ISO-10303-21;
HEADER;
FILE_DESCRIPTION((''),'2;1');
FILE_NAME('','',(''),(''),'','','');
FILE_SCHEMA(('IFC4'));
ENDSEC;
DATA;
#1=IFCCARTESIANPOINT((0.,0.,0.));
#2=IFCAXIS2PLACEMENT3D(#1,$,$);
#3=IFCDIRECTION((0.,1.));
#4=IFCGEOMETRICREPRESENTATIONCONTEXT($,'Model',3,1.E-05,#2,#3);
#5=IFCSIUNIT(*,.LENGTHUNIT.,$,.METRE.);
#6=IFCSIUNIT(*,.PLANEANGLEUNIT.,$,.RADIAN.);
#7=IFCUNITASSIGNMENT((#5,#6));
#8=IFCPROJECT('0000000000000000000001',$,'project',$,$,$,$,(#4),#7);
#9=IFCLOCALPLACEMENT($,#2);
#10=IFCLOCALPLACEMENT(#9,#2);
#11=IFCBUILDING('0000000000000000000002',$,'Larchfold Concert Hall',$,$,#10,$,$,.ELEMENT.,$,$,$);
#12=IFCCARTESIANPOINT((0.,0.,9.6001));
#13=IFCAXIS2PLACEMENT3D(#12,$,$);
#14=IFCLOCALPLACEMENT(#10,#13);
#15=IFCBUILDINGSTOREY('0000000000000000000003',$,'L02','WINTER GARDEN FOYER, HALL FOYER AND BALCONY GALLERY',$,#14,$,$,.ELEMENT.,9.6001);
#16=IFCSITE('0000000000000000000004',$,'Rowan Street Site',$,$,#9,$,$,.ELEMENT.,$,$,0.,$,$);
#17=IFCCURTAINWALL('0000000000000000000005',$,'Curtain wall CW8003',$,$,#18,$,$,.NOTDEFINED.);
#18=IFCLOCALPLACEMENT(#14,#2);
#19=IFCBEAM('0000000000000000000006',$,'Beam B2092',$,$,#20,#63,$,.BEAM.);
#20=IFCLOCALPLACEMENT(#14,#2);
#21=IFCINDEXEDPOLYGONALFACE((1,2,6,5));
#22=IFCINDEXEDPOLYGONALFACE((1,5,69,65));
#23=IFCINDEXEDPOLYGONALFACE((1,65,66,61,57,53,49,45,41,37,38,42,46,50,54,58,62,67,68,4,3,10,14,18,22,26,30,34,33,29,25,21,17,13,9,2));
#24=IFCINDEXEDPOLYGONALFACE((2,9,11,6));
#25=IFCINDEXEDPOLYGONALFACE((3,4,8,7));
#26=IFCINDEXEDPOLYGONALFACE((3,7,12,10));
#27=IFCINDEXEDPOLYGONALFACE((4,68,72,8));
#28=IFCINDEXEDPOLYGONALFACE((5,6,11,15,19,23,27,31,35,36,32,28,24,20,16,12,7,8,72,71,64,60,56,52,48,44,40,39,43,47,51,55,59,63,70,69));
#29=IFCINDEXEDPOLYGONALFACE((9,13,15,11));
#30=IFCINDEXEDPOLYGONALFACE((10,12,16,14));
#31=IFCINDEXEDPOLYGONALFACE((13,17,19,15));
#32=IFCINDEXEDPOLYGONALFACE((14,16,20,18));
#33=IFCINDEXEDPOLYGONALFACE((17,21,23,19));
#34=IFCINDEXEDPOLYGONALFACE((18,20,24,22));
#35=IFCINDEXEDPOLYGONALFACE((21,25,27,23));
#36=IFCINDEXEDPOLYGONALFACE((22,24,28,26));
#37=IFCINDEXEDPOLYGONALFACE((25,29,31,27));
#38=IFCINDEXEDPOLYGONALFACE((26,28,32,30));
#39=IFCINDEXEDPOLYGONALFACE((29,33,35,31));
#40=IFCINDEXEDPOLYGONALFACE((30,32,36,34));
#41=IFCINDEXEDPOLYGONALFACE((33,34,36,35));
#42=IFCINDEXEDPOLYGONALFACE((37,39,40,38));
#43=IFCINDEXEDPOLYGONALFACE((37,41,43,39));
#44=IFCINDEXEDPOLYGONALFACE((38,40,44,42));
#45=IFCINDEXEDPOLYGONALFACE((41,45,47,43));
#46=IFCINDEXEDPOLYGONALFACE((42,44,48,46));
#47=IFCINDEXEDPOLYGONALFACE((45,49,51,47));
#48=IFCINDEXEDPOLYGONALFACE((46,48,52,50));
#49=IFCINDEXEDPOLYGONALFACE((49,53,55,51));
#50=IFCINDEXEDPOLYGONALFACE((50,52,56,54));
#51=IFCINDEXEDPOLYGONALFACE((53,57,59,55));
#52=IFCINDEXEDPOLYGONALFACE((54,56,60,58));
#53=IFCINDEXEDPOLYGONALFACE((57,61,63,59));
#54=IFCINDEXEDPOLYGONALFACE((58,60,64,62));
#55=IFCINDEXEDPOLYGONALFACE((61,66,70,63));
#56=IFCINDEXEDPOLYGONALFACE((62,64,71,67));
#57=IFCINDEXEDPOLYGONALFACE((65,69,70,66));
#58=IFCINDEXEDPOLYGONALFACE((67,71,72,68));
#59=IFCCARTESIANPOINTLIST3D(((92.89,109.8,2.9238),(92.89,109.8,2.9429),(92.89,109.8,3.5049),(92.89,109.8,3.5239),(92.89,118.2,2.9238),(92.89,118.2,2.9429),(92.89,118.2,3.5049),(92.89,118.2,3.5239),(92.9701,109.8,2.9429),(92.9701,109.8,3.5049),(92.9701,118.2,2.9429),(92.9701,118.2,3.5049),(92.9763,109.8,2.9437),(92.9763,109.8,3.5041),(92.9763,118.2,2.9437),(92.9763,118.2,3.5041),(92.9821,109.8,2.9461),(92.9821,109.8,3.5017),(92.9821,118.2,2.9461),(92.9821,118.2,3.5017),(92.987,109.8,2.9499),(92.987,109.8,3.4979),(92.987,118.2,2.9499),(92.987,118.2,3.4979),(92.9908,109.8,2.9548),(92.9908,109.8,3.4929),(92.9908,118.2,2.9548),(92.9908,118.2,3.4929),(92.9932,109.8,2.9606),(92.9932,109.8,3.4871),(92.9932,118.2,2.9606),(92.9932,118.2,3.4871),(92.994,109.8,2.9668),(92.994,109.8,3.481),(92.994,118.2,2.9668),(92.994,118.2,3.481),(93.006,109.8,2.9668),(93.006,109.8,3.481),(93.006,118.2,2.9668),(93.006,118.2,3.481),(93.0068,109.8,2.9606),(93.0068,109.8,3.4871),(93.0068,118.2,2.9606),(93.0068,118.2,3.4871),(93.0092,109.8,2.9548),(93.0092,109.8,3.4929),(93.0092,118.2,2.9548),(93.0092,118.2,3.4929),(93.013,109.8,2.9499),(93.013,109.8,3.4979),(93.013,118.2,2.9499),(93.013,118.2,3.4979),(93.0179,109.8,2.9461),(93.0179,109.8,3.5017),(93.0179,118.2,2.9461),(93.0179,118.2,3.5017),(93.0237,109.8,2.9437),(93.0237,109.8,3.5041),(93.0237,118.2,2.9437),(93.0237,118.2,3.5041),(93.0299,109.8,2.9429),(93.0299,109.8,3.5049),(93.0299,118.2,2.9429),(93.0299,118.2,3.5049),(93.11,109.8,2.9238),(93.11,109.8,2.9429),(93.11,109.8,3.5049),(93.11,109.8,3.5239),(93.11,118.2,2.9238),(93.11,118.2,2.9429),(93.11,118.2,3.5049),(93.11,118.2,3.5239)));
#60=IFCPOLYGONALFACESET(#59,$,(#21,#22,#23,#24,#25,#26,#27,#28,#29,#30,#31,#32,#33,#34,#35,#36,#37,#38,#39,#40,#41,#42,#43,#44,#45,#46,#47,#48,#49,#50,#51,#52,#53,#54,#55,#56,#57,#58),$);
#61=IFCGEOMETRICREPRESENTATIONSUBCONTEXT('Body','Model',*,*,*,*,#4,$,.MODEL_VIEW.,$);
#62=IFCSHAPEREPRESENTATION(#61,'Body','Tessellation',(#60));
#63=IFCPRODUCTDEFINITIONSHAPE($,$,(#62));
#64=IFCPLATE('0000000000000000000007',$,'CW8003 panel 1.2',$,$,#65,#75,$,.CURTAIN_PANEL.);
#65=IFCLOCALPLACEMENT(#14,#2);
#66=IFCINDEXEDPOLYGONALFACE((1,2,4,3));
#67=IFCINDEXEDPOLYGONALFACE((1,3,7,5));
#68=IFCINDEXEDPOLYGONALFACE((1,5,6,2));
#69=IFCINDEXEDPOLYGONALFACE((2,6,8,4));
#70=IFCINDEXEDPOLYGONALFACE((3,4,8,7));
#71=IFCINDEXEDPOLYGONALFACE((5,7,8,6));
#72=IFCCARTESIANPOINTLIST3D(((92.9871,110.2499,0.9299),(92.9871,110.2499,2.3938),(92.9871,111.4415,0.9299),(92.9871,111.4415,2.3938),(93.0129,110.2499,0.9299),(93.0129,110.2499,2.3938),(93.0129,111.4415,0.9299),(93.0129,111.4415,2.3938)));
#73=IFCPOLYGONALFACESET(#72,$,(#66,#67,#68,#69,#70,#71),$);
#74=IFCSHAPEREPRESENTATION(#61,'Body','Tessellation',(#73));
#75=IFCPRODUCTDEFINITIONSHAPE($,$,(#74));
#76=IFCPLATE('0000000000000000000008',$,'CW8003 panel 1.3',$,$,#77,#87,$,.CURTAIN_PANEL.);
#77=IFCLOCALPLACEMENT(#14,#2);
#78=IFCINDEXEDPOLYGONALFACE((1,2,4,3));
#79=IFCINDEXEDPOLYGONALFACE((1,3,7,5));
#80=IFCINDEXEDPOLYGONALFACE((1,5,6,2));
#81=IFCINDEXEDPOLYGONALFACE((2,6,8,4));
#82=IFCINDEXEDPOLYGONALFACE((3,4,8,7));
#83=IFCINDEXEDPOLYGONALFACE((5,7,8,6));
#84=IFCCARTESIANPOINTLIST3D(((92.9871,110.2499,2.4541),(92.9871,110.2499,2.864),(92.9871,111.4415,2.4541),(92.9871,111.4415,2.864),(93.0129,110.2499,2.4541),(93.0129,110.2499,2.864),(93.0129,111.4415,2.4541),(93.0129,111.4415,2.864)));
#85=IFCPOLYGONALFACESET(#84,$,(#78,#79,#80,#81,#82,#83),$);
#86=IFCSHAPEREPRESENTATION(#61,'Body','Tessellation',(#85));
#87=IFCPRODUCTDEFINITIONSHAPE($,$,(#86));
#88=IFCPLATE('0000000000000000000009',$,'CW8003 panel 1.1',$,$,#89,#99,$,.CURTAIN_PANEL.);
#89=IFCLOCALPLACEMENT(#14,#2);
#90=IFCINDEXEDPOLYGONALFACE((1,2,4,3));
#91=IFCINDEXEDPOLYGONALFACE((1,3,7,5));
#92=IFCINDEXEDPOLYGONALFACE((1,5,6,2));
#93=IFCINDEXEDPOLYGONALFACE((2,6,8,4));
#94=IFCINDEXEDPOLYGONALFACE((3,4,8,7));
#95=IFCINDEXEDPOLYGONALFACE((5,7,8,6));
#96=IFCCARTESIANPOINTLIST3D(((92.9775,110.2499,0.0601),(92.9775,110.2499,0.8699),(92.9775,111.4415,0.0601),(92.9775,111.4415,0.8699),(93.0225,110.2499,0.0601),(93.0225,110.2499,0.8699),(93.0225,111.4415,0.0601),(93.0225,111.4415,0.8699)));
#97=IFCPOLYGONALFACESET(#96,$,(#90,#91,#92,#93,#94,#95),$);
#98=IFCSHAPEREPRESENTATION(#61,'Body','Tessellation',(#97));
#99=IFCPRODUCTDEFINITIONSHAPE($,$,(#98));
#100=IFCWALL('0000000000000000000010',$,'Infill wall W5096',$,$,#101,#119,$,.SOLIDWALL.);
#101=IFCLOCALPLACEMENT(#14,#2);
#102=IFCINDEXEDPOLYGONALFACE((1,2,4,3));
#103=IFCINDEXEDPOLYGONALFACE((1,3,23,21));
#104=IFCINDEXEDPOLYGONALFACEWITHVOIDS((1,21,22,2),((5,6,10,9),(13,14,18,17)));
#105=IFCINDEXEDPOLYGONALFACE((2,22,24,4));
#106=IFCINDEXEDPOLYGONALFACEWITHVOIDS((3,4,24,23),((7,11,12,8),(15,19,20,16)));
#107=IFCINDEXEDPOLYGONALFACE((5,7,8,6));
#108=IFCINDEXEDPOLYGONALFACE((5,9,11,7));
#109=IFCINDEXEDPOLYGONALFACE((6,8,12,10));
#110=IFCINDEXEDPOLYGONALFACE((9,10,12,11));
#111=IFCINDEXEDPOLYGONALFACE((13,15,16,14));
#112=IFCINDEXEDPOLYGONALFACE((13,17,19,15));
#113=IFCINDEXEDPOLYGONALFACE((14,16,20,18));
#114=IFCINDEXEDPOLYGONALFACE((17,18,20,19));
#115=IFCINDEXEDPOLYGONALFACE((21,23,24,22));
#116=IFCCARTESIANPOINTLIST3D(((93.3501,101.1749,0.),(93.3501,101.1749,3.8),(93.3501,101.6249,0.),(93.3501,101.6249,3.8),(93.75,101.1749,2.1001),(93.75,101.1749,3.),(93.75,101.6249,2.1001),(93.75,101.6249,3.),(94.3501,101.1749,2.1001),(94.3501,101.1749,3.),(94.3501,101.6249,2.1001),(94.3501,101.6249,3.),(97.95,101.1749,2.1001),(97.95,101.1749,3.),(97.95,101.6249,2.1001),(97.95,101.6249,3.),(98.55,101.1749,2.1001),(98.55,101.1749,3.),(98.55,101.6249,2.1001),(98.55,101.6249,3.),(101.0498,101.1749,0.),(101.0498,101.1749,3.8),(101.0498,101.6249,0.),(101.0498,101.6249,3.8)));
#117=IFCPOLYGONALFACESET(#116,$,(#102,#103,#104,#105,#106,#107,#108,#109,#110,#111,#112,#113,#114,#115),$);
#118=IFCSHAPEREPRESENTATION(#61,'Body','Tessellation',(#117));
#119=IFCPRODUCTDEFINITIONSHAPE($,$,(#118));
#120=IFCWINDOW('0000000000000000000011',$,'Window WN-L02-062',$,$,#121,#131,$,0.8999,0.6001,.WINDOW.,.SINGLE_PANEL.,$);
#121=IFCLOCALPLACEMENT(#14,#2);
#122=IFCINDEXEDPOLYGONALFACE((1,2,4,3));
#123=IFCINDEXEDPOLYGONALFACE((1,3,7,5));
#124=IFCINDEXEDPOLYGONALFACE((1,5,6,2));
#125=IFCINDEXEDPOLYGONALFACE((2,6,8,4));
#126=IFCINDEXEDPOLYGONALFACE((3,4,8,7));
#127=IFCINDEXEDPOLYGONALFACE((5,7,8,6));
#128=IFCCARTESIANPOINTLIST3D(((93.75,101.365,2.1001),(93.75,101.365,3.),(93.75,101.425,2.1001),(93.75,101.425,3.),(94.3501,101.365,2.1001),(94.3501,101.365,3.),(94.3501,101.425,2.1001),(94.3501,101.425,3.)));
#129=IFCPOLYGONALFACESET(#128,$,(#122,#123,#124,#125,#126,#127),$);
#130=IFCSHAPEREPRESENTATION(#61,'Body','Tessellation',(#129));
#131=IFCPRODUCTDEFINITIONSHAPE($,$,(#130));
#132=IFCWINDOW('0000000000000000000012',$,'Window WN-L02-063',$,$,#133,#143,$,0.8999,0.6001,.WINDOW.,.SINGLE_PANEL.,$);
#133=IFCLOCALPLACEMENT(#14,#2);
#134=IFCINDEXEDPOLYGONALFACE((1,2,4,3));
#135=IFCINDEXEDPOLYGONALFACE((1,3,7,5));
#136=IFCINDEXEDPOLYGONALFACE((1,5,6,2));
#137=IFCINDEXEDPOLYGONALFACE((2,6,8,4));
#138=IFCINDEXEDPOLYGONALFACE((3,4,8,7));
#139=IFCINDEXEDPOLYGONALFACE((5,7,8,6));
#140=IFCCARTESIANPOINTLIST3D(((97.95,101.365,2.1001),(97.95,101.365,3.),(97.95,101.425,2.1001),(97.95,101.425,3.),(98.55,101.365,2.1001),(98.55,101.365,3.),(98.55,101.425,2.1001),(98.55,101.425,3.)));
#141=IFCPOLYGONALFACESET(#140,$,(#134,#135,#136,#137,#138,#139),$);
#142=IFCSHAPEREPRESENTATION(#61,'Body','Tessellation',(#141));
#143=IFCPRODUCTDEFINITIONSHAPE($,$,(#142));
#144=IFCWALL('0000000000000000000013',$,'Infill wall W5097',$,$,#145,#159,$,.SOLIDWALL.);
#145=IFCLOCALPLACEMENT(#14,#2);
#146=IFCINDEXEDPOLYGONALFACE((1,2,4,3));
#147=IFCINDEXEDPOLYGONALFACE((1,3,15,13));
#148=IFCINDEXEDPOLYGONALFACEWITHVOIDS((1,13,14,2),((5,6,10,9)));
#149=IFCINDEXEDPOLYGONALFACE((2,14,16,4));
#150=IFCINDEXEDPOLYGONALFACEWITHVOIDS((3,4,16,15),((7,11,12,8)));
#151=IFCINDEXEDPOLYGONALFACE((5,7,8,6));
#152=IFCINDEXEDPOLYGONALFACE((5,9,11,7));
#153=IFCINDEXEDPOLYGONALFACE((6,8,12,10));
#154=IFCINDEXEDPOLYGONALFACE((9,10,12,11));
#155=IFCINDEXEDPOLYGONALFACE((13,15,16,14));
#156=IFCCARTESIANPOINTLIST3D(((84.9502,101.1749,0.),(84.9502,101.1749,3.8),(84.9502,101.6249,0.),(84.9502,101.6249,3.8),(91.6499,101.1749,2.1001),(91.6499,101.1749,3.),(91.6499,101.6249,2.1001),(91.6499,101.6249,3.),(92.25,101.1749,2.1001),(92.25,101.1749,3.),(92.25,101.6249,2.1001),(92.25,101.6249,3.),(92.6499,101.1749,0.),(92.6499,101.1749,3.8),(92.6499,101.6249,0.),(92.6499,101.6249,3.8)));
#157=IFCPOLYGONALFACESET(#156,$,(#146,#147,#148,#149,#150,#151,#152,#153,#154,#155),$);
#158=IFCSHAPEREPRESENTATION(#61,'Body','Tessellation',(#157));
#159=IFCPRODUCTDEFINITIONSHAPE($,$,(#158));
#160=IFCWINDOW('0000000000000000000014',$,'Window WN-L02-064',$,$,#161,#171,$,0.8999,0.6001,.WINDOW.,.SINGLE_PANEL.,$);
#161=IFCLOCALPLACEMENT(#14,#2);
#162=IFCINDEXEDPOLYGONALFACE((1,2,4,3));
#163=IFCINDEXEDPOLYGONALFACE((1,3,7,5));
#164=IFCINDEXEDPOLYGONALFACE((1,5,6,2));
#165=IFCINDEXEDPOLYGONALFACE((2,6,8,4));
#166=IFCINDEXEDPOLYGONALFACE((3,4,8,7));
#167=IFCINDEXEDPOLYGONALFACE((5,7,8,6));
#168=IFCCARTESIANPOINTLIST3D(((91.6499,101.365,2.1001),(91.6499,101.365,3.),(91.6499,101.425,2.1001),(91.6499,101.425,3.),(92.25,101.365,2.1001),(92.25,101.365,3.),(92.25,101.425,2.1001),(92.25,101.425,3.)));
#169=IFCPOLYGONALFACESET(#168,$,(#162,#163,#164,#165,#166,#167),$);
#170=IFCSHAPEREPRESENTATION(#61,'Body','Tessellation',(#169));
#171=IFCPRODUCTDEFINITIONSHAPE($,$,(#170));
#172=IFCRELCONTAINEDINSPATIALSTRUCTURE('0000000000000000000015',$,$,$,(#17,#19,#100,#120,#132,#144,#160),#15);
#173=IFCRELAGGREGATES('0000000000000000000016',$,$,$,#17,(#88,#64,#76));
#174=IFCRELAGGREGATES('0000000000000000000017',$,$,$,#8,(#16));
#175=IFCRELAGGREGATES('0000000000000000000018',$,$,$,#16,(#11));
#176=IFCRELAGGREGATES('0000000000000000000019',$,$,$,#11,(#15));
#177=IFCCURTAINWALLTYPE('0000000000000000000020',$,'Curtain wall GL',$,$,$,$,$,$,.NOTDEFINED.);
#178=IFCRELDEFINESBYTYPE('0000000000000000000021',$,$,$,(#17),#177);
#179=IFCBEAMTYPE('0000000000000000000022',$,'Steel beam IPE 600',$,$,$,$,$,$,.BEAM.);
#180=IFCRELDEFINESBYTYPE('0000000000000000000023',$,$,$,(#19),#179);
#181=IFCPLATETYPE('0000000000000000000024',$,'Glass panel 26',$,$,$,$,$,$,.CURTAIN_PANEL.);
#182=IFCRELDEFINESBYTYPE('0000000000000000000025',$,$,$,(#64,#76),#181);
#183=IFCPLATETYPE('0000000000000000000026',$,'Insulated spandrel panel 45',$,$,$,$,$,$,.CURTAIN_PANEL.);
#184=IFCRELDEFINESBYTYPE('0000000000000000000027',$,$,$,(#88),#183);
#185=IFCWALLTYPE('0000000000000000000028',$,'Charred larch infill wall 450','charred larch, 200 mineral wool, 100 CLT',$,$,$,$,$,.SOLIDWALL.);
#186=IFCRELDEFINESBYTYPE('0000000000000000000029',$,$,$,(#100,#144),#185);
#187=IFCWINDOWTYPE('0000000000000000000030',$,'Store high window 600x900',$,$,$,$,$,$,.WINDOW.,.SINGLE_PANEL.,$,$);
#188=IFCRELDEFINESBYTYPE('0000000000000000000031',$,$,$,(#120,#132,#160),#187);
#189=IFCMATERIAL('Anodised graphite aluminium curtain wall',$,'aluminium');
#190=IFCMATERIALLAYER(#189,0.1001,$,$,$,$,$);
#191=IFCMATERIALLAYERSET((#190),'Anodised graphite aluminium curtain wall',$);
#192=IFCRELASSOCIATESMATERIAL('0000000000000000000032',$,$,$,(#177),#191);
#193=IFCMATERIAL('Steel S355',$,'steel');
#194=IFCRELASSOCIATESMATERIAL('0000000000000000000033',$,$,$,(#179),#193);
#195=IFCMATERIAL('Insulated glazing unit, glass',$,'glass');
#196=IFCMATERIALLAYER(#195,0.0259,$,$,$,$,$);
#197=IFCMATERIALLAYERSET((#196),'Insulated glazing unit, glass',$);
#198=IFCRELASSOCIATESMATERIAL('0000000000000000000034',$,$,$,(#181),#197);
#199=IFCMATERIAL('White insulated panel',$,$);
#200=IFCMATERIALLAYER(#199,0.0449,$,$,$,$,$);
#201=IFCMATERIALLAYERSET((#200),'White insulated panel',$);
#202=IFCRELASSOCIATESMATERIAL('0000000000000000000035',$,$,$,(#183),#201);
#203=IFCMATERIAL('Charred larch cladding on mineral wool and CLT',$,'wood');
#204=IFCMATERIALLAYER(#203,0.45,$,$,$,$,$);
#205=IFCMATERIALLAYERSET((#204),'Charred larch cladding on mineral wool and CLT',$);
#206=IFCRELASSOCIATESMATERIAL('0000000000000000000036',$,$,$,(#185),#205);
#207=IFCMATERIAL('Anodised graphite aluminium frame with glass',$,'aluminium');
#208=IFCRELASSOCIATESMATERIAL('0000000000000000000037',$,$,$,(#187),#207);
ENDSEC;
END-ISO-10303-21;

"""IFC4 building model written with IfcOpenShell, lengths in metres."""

from ifc_helpers import new_model, si_unit, direction, frame, frame_2d, origin, origin_2d, place, context, subcontext, project, spatial, rectangle, i_section, extrude, material, layer, layer_set, material_profile, profile_set, type_object, element, fill, aggregate, save


model = new_model("IFC4")

# Units and contexts
model_context = context("Model", 3, precision=1e-05, world=origin(), true_north=direction((0.0, 1.0)))
body_context = subcontext(model_context, "Body", "Model", "MODEL_VIEW")
ifc_project = project(units=[si_unit("LENGTHUNIT", "METRE"), si_unit("PLANEANGLEUNIT", "RADIAN")], contexts=[model_context])

# Site, building, storey
site_placement = place(None, origin())
site = spatial("IfcSite", under=ifc_project, at=site_placement, Name="Rowan Street Site", CompositionType="ELEMENT", RefElevation=0.0)
building_placement = place(site_placement, origin())
building = spatial("IfcBuilding", under=site, at=building_placement, Name="Larchfold Concert Hall", CompositionType="ELEMENT")
storey_placement = place(building_placement, frame((0.0, 0.0, 9.6001)))
storey = spatial("IfcBuildingStorey", under=building, at=storey_placement, Name="L02", Description="WINTER GARDEN FOYER, HALL FOYER AND BALCONY GALLERY", CompositionType="ELEMENT", Elevation=9.6001)

# Curtain wall
ifc_material_1 = material(Name="Anodised graphite aluminium curtain wall", Category="aluminium")
ifc_layer_1 = layer(ifc_material_1, 0.1001)
ifc_layer_set_1 = layer_set([ifc_layer_1], Name="Anodised graphite aluminium curtain wall")
curtain_wall_type = type_object("IfcCurtainWallType", Name="Curtain wall GL", PredefinedType="NOTDEFINED", material=ifc_layer_set_1)
curtain_wall_placement = place(storey_placement, origin())
curtain_wall = element("IfcCurtainWall", 1, at=curtain_wall_placement, inside=storey, type_object=curtain_wall_type, Name="Curtain wall CW8003", PredefinedType="NOTDEFINED")

# Beam
ifc_material_2 = material(Name="Steel S355", Category="steel")
ifc_material_profile_1 = material_profile(ifc_material_2, i_section(OverallWidth=0.22, OverallDepth=0.6001, WebThickness=0.012, FlangeThickness=0.019, FilletRadius=0.0239, at=origin_2d()))
ifc_profile_set_1 = profile_set([ifc_material_profile_1], Name="Steel S355")
beam_type_1 = type_object("IfcBeamType", Name="Steel beam IPE 600", PredefinedType="BEAM", material=ifc_profile_set_1)
beam_1_placement = place(storey_placement, frame((93.0, 109.8, 3.2239), z_axis=(0.0, 1.0, 0.0), x_axis=(-1.0, 0.0, 0.0)))
element("IfcBeam", 2, at=beam_1_placement, inside=storey, type_object=beam_type_1, Name="Beam B2092", PredefinedType="BEAM", context=body_context, shape_type="SweptSolid", body=[
    extrude(i_section(OverallWidth=0.22, OverallDepth=0.6001, WebThickness=0.012, FlangeThickness=0.019, FilletRadius=0.0239, at=origin_2d()), origin(), (0.0, 0.0, 1.0), 8.3999),
])

# Plates
ifc_material_3 = material(Name="Insulated glazing unit, glass", Category="glass")
ifc_layer_2 = layer(ifc_material_3, 0.0259)
ifc_layer_set_2 = layer_set([ifc_layer_2], Name="Insulated glazing unit, glass")
plate_type_1 = type_object("IfcPlateType", Name="Glass panel 26", PredefinedType="CURTAIN_PANEL", material=ifc_layer_set_2)
plate_1_placement = place(storey_placement, frame((93.0, 110.8457, 0.9299), z_axis=(0.0, 0.0, 1.0), x_axis=(0.0, 1.0, 0.0)))
plate_1 = element("IfcPlate", 3, at=plate_1_placement, type_object=plate_type_1, Name="CW8003 panel 1.2", PredefinedType="CURTAIN_PANEL", context=body_context, shape_type="SweptSolid", body=[
    extrude(rectangle(XDim=1.1917, YDim=0.0259, at=origin_2d()), origin(), (0.0, 0.0, 1.0), 1.4639),
])
plate_2_placement = place(storey_placement, frame((93.0, 110.8457, 2.4541), z_axis=(0.0, 0.0, 1.0), x_axis=(0.0, 1.0, 0.0)))
plate_2 = element("IfcPlate", 4, at=plate_2_placement, type_object=plate_type_1, Name="CW8003 panel 1.3", PredefinedType="CURTAIN_PANEL", context=body_context, shape_type="SweptSolid", body=[
    extrude(rectangle(XDim=1.1917, YDim=0.0259, at=origin_2d()), origin(), (0.0, 0.0, 1.0), 0.4099),
])
ifc_material_4 = material(Name="White insulated panel")
ifc_layer_3 = layer(ifc_material_4, 0.0449)
ifc_layer_set_3 = layer_set([ifc_layer_3], Name="White insulated panel")
plate_type_2 = type_object("IfcPlateType", Name="Insulated spandrel panel 45", PredefinedType="CURTAIN_PANEL", material=ifc_layer_set_3)
plate_3_placement = place(storey_placement, frame((93.0, 110.8457, 0.0601), z_axis=(0.0, 0.0, 1.0), x_axis=(0.0, 1.0, 0.0)))
plate_3 = element("IfcPlate", 5, at=plate_3_placement, type_object=plate_type_2, Name="CW8003 panel 1.1", PredefinedType="CURTAIN_PANEL", context=body_context, shape_type="SweptSolid", body=[
    extrude(rectangle(XDim=1.1917, YDim=0.0449, at=origin_2d()), origin(), (0.0, 0.0, 1.0), 0.8098),
])
aggregate(curtain_wall, [plate_3, plate_1, plate_2])

# Wall, openings, windows
ifc_material_5 = material(Name="Charred larch cladding on mineral wool and CLT", Category="wood")
ifc_layer_4 = layer(ifc_material_5, 0.45)
ifc_layer_set_4 = layer_set([ifc_layer_4], Name="Charred larch cladding on mineral wool and CLT")
wall_type_1 = type_object("IfcWallType", Name="Charred larch infill wall 450", Description="charred larch, 200 mineral wool, 100 CLT", PredefinedType="SOLIDWALL", material=ifc_layer_set_4)
wall_1_placement = place(storey_placement, frame((101.0498, 101.3999, 0.0), z_axis=(0.0, 0.0, 1.0), x_axis=(-1.0, 0.0, 0.0)))
wall_1 = element("IfcWall", 6, at=wall_1_placement, inside=storey, type_object=wall_type_1, Name="Infill wall W5096", PredefinedType="SOLIDWALL", context=body_context, shape_type="SweptSolid", body=[
    extrude(rectangle(XDim=7.6997, YDim=0.45, at=frame_2d((3.8499, 0.0))), origin(), (0.0, 0.0, 1.0), 3.8),
])
opening_1_placement = place(wall_1_placement, frame((6.6997, 0.0, 2.1001)))
opening_1 = element("IfcOpeningElement", 7, at=opening_1_placement, cuts=wall_1, PredefinedType="OPENING", context=body_context, shape_type="SweptSolid", body=[
    extrude(rectangle(XDim=0.6001, YDim=0.8999, at=frame_2d((0.3, 0.45))), frame((0.0, 0.2349, 0.0), z_axis=(0.0, -1.0, 0.0), x_axis=(1.0, 0.0, 0.0)), (0.0, 0.0, 1.0), 0.47),
])
opening_2_placement = place(wall_1_placement, frame((2.4998, 0.0, 2.1001)))
opening_2 = element("IfcOpeningElement", 8, at=opening_2_placement, cuts=wall_1, PredefinedType="OPENING", context=body_context, shape_type="SweptSolid", body=[
    extrude(rectangle(XDim=0.6001, YDim=0.8999, at=frame_2d((0.3, 0.45))), frame((0.0, 0.2349, 0.0), z_axis=(0.0, -1.0, 0.0), x_axis=(1.0, 0.0, 0.0)), (0.0, 0.0, 1.0), 0.47),
])
ifc_material_6 = material(Name="Anodised graphite aluminium frame with glass", Category="aluminium")
window_type = type_object("IfcWindowType", Name="Store high window 600x900", PartitioningType="SINGLE_PANEL", PredefinedType="WINDOW", material=ifc_material_6)
window_1_placement = place(opening_1_placement, origin())
window_1 = element("IfcWindow", 9, at=window_1_placement, inside=storey, type_object=window_type, Name="Window WN-L02-062", OverallHeight=0.8999, OverallWidth=0.6001, PartitioningType="SINGLE_PANEL", PredefinedType="WINDOW", context=body_context, shape_type="SweptSolid", body=[
    extrude(rectangle(XDim=0.6001, YDim=0.8999, at=frame_2d((0.3, 0.45))), frame((0.0, 0.0349, 0.0), z_axis=(0.0, -1.0, 0.0), x_axis=(1.0, 0.0, 0.0)), (0.0, 0.0, 1.0), 0.0601),
])
fill(opening_1, window_1)
window_2_placement = place(opening_2_placement, origin())
window_2 = element("IfcWindow", 10, at=window_2_placement, inside=storey, type_object=window_type, Name="Window WN-L02-063", OverallHeight=0.8999, OverallWidth=0.6001, PartitioningType="SINGLE_PANEL", PredefinedType="WINDOW", context=body_context, shape_type="SweptSolid", body=[
    extrude(rectangle(XDim=0.6001, YDim=0.8999, at=frame_2d((0.3, 0.45))), frame((0.0, 0.0349, 0.0), z_axis=(0.0, -1.0, 0.0), x_axis=(1.0, 0.0, 0.0)), (0.0, 0.0, 1.0), 0.0601),
])
fill(opening_2, window_2)

# Wall, opening, window
wall_2_placement = place(storey_placement, frame((92.6499, 101.3999, 0.0), z_axis=(0.0, 0.0, 1.0), x_axis=(-1.0, 0.0, 0.0)))
wall_2 = element("IfcWall", 11, at=wall_2_placement, inside=storey, type_object=wall_type_1, Name="Infill wall W5097", PredefinedType="SOLIDWALL", context=body_context, shape_type="SweptSolid", body=[
    extrude(rectangle(XDim=7.6997, YDim=0.45, at=frame_2d((3.8499, 0.0))), origin(), (0.0, 0.0, 1.0), 3.8),
])
opening_3_placement = place(wall_2_placement, frame((0.3999, 0.0, 2.1001)))
opening_3 = element("IfcOpeningElement", 12, at=opening_3_placement, cuts=wall_2, PredefinedType="OPENING", context=body_context, shape_type="SweptSolid", body=[
    extrude(rectangle(XDim=0.6001, YDim=0.8999, at=frame_2d((0.3, 0.45))), frame((0.0, 0.2349, 0.0), z_axis=(0.0, -1.0, 0.0), x_axis=(1.0, 0.0, 0.0)), (0.0, 0.0, 1.0), 0.47),
])
window_3_placement = place(opening_3_placement, origin())
window_3 = element("IfcWindow", 13, at=window_3_placement, inside=storey, type_object=window_type, Name="Window WN-L02-064", OverallHeight=0.8999, OverallWidth=0.6001, PartitioningType="SINGLE_PANEL", PredefinedType="WINDOW", context=body_context, shape_type="SweptSolid", body=[
    extrude(rectangle(XDim=0.6001, YDim=0.8999, at=frame_2d((0.3, 0.45))), frame((0.0, 0.0349, 0.0), z_axis=(0.0, -1.0, 0.0), x_axis=(1.0, 0.0, 0.0)), (0.0, 0.0, 1.0), 0.0601),
])
fill(opening_3, window_3)

save(model, "model.ifc")
